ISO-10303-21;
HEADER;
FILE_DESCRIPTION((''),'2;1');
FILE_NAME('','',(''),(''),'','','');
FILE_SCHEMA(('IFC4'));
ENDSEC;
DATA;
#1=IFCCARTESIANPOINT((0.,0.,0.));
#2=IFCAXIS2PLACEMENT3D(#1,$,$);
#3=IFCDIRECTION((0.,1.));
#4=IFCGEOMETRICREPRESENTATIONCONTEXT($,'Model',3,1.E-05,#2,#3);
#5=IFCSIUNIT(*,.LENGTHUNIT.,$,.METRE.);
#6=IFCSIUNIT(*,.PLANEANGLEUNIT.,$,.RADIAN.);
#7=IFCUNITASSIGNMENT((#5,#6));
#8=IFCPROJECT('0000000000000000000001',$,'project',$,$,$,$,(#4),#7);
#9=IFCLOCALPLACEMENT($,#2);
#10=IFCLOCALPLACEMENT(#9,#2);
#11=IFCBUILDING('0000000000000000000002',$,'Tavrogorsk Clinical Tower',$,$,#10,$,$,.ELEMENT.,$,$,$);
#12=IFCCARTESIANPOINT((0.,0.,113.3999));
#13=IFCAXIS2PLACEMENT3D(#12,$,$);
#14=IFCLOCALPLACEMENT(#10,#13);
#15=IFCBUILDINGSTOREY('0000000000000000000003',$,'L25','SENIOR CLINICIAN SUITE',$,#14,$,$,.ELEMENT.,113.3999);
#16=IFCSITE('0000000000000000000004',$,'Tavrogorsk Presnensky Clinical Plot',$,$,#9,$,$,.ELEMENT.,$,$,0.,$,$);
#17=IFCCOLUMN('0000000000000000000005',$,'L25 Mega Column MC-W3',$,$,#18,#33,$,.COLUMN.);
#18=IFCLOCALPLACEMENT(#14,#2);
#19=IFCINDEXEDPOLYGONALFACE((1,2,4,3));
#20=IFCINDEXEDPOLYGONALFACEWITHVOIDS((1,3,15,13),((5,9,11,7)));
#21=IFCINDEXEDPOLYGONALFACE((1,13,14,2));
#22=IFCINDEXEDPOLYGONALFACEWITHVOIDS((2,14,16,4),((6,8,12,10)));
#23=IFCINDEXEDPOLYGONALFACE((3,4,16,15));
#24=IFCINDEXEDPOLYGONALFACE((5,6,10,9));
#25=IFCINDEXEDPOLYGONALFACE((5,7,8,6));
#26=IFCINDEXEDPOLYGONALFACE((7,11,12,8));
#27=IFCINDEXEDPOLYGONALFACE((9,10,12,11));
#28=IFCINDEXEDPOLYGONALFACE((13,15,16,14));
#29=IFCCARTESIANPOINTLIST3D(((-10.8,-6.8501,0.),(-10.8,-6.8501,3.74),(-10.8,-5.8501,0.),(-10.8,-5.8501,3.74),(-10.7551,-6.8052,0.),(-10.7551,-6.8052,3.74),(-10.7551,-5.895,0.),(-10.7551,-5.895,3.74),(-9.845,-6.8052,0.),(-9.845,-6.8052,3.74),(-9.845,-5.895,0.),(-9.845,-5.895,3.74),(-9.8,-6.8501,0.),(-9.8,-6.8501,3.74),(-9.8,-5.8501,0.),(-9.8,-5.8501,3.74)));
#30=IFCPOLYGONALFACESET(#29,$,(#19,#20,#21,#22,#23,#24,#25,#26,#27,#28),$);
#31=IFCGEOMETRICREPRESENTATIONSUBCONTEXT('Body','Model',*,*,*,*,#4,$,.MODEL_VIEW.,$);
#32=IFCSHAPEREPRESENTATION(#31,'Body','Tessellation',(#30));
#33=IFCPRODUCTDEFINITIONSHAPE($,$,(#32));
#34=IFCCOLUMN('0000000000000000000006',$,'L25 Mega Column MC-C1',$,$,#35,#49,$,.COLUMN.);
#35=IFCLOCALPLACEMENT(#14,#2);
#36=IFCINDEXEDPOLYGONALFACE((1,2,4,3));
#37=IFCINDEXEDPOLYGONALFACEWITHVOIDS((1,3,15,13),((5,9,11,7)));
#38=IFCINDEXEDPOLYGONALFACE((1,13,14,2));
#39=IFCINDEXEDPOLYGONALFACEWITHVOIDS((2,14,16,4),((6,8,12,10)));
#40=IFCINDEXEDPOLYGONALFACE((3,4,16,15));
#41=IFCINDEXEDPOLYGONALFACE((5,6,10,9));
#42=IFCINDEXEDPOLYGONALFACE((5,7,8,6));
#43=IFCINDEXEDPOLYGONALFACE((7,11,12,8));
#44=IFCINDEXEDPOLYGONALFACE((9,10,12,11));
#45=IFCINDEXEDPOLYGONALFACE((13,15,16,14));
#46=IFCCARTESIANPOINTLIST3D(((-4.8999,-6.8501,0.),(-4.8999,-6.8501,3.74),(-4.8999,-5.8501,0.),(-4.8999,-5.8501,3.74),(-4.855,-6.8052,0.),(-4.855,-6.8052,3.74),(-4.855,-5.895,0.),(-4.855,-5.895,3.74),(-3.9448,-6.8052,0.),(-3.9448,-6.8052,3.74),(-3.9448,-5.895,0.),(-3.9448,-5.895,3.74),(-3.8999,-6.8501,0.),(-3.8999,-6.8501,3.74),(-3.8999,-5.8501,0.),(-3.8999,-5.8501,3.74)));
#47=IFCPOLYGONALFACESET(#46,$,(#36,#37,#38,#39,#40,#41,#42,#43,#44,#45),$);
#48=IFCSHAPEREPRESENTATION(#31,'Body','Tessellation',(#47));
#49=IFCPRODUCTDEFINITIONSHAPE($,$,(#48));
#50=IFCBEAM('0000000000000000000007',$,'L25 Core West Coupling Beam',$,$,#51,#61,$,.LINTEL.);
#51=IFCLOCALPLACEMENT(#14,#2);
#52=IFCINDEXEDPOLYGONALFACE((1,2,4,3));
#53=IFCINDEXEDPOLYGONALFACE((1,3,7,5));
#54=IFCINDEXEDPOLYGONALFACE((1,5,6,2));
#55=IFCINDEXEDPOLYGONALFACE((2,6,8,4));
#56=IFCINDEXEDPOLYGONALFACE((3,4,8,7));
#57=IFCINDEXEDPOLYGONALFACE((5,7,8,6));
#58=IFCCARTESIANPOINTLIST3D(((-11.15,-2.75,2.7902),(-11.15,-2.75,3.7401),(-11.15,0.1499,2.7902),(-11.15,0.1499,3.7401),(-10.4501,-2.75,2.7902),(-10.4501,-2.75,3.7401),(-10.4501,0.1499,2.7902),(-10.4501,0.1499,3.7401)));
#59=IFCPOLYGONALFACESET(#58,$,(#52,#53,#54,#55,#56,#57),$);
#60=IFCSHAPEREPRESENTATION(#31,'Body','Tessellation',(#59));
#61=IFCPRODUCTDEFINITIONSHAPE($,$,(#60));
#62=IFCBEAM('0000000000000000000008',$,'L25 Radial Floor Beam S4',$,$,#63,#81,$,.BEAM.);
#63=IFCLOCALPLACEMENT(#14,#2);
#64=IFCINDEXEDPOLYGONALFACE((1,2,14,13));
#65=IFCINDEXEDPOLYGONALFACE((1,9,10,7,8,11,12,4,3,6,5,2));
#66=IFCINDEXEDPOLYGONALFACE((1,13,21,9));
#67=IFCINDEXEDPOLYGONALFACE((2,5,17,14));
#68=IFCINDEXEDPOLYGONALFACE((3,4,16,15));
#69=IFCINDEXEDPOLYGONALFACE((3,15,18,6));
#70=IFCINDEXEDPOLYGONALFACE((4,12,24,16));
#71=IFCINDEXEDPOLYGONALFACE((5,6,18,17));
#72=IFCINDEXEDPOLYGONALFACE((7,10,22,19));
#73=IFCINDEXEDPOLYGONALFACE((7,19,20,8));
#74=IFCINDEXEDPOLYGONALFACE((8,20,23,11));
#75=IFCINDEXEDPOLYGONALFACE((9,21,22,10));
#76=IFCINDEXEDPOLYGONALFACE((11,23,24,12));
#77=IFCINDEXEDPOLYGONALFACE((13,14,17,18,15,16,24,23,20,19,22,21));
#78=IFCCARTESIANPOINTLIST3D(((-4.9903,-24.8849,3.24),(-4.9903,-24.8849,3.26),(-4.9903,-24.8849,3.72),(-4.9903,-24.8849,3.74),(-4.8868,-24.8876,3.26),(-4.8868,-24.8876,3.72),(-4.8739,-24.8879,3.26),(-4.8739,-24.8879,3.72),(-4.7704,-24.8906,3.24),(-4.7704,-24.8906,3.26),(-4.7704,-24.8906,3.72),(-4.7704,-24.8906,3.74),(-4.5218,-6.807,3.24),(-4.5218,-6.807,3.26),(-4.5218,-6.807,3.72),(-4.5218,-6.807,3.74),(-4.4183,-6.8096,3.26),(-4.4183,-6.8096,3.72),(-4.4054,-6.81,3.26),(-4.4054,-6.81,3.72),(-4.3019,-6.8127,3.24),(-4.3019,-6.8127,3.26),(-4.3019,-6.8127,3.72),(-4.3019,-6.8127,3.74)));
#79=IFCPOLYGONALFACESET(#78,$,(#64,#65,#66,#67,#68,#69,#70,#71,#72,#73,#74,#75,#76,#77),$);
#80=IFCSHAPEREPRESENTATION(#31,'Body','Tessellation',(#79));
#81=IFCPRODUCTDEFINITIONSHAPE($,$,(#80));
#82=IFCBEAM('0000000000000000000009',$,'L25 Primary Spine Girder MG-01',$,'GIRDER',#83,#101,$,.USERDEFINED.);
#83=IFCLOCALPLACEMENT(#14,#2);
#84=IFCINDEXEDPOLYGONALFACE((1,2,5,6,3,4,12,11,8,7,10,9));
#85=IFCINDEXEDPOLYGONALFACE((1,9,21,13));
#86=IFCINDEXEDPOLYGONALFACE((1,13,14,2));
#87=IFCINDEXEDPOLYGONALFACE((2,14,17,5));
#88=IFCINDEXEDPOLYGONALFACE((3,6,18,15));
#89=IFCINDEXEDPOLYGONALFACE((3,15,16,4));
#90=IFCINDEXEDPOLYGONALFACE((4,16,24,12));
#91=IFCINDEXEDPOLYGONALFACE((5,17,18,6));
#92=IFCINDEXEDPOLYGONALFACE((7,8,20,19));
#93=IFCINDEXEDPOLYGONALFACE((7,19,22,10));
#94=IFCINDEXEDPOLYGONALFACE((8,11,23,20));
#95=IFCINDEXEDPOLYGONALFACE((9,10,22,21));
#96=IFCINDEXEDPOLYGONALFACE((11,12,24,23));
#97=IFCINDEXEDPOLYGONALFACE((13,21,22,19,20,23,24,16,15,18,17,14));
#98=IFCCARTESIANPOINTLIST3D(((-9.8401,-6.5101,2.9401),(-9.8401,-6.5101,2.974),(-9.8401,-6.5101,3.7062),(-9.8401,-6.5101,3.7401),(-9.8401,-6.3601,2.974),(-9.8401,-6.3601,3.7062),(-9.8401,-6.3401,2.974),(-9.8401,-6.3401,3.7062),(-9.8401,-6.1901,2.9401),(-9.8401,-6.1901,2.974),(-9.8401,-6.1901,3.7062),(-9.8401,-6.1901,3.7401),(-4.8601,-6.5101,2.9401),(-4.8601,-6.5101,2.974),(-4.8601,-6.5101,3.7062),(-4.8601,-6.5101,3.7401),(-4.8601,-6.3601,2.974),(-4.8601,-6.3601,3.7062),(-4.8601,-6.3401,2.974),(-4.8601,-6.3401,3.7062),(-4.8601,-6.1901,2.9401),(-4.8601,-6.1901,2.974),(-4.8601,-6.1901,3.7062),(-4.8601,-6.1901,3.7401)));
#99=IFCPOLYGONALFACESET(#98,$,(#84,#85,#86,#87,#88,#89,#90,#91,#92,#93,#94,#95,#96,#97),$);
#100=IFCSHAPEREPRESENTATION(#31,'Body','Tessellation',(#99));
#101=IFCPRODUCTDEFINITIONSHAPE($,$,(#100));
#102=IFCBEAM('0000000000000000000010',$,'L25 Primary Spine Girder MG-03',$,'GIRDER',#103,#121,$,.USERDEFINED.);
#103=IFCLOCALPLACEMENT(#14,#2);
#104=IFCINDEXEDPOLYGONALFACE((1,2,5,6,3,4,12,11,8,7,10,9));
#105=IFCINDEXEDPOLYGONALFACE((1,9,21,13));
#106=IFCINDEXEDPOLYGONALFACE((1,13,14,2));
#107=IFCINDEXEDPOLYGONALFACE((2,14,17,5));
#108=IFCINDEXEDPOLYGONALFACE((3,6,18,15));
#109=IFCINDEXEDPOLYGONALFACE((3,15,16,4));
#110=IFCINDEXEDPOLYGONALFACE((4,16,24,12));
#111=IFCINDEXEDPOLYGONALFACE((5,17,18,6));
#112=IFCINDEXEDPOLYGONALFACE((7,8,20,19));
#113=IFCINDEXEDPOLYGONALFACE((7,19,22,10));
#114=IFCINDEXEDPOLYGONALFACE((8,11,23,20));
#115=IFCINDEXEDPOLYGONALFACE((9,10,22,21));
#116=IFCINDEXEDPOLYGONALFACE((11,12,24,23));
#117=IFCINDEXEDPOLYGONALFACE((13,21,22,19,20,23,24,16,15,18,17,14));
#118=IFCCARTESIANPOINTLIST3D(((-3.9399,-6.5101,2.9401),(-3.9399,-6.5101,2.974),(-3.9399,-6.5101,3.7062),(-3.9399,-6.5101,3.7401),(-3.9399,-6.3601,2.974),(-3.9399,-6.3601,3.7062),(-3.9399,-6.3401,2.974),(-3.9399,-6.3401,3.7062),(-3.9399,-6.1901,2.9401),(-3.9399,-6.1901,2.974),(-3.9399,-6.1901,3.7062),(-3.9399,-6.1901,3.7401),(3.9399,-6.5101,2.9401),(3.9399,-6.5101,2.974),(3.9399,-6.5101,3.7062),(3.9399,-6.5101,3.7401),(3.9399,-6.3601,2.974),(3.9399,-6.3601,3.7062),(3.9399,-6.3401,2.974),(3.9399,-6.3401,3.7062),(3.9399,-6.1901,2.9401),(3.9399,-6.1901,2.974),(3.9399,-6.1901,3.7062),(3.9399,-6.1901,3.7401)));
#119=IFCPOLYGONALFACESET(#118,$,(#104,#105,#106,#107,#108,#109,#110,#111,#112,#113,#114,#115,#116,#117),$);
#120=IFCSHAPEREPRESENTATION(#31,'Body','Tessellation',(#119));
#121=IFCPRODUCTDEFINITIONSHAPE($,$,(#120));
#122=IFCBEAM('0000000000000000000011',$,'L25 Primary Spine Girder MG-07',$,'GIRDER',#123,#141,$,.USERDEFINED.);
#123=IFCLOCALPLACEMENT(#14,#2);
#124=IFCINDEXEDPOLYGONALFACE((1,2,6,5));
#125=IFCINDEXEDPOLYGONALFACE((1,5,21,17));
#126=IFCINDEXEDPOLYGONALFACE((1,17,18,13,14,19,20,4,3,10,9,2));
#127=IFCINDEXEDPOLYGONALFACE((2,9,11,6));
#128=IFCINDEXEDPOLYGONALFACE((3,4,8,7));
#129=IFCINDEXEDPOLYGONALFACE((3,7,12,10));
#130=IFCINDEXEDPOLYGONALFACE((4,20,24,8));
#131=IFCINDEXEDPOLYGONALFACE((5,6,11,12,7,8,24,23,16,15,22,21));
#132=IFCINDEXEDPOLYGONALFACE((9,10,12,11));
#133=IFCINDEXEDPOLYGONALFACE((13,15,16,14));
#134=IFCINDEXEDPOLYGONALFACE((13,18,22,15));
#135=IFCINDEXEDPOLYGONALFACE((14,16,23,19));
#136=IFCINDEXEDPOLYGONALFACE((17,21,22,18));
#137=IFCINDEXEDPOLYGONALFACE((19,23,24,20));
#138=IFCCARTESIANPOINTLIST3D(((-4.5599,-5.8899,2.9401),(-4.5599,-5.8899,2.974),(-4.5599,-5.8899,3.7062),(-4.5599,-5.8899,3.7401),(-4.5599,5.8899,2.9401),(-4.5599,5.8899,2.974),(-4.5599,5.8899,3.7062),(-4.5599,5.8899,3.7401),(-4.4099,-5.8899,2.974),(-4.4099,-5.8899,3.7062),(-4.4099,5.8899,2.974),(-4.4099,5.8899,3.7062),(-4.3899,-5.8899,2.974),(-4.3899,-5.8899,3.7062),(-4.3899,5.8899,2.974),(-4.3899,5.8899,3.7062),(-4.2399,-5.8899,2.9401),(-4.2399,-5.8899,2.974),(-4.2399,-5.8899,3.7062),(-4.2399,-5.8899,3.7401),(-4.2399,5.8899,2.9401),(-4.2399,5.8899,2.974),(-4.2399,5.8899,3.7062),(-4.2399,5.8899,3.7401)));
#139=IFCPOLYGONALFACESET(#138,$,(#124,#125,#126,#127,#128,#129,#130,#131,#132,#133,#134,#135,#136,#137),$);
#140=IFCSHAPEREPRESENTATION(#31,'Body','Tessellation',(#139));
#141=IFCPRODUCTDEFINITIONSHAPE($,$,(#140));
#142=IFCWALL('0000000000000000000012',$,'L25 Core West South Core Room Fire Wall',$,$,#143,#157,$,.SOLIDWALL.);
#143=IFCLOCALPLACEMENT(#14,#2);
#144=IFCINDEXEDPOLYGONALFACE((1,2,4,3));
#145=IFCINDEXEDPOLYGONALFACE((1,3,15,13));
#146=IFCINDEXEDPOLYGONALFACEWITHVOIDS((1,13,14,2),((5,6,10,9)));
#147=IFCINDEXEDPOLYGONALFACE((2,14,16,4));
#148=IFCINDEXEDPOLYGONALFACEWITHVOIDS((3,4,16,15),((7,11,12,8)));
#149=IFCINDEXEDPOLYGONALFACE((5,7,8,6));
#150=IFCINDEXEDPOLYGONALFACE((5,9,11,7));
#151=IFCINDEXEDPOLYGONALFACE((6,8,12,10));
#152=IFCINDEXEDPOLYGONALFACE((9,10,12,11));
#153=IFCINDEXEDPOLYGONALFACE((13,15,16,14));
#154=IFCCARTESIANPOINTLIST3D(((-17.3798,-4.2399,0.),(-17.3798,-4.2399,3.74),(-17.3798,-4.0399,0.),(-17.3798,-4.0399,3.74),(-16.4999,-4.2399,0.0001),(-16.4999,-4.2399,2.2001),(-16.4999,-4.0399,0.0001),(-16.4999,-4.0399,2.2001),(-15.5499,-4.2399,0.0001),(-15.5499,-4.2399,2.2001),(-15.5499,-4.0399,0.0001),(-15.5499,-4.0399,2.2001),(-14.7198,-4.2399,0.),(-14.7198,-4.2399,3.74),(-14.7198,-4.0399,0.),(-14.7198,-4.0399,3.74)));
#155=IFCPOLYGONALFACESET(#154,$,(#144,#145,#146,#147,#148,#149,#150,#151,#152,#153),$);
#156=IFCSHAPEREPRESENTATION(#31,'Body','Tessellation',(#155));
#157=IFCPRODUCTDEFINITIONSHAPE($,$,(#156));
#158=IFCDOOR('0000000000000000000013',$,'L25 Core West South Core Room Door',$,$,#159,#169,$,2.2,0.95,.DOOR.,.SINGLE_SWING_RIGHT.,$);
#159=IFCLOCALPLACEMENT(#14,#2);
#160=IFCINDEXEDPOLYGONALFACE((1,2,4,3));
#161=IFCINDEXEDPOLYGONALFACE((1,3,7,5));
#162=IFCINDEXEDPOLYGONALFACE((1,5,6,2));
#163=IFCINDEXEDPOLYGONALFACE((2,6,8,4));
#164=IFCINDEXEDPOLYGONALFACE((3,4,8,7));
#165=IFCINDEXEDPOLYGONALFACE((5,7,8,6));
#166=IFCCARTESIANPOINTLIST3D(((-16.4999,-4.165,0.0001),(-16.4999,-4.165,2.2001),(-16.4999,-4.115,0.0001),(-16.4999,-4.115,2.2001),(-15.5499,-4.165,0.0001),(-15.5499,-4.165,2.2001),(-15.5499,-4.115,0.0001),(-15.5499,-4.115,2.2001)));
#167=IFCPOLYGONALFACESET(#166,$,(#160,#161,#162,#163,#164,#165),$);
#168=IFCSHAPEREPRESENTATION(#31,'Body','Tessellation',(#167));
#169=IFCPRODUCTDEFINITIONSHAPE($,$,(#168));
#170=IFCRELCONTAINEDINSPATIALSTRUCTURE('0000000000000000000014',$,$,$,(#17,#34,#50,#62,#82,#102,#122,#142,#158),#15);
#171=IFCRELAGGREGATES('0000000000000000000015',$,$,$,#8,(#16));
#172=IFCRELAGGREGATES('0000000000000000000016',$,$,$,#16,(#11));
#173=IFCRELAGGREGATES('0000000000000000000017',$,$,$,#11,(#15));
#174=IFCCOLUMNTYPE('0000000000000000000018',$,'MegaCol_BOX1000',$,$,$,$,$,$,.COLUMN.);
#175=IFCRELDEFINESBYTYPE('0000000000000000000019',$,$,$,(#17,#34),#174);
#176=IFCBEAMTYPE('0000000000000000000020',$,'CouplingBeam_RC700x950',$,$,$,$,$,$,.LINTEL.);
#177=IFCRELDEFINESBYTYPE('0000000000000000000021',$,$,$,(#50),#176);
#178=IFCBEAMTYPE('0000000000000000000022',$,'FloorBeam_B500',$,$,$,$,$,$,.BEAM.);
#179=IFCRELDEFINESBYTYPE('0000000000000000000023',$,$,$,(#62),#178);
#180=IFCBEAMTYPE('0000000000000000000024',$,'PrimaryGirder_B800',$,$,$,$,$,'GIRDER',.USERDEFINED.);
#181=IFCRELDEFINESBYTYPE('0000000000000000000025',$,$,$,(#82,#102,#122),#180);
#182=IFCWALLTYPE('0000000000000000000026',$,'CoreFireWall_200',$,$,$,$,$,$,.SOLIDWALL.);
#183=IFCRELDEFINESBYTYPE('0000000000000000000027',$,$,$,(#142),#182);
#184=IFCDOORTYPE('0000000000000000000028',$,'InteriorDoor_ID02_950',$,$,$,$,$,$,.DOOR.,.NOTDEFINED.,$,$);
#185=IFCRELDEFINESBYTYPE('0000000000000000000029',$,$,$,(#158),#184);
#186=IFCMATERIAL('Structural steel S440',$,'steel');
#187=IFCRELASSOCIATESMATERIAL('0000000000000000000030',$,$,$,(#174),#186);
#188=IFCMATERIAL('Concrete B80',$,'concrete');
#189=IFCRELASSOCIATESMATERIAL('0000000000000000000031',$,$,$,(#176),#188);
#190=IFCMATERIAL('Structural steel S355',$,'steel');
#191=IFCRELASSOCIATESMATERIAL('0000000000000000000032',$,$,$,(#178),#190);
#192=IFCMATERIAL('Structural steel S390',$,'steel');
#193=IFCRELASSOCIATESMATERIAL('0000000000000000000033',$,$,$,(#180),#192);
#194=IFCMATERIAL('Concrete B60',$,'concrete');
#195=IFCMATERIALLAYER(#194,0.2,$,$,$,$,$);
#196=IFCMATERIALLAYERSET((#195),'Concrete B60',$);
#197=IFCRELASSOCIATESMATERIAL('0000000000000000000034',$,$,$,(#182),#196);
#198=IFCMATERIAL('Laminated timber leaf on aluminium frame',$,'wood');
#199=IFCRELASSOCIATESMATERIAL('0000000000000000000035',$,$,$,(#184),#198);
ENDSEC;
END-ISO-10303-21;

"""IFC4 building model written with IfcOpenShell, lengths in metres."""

from ifc_helpers import new_model, si_unit, direction, frame, frame_2d, origin, origin_2d, place, context, subcontext, project, spatial, rectangle, hollow_rectangle, i_section, extrude, material, layer, layer_set, material_profile, profile_set, type_object, element, fill, save


model = new_model("IFC4")

# Units and contexts
model_context = context("Model", 3, precision=1e-05, world=origin(), true_north=direction((0.0, 1.0)))
body_context = subcontext(model_context, "Body", "Model", "MODEL_VIEW")
ifc_project = project(units=[si_unit("LENGTHUNIT", "METRE"), si_unit("PLANEANGLEUNIT", "RADIAN")], contexts=[model_context])

# Site, building, storey
site_placement = place(None, origin())
site = spatial("IfcSite", under=ifc_project, at=site_placement, Name="Tavrogorsk Presnensky Clinical Plot", CompositionType="ELEMENT", RefElevation=0.0)
building_placement = place(site_placement, origin())
building = spatial("IfcBuilding", under=site, at=building_placement, Name="Tavrogorsk Clinical Tower", CompositionType="ELEMENT")
storey_placement = place(building_placement, frame((0.0, 0.0, 113.3999)))
storey = spatial("IfcBuildingStorey", under=building, at=storey_placement, Name="L25", Description="SENIOR CLINICIAN SUITE", CompositionType="ELEMENT", Elevation=113.3999)

# Columns
ifc_material_1 = material(Name="Structural steel S440", Category="steel")
ifc_material_profile_1 = material_profile(ifc_material_1, hollow_rectangle(XDim=1.0, YDim=1.0, WallThickness=0.0449, at=origin_2d()), Name="BOX-1000x1000x45")
ifc_profile_set_1 = profile_set([ifc_material_profile_1], Name="Structural steel S440")
column_type = type_object("IfcColumnType", Name="MegaCol_BOX1000", PredefinedType="COLUMN", material=ifc_profile_set_1)
for number, where, z_axis, x_axis, name in (
    (1, (-10.3, -6.3501, 0.0), (0.0, 0.0, 1.0), (1.0, 0.0, 0.0), "L25 Mega Column MC-W3"),
    (2, (-4.3999, -6.3501, 0.0), (0.0, 0.0, 1.0), (1.0, 0.0, 0.0), "L25 Mega Column MC-C1"),
):
    element("IfcColumn", number, at=place(storey_placement, frame(where, z_axis=z_axis, x_axis=x_axis)), inside=storey, type_object=column_type, Name=name, PredefinedType="COLUMN", context=body_context, shape_type="SweptSolid", body=[
        extrude(hollow_rectangle(XDim=1.0, YDim=1.0, WallThickness=0.0449, at=origin_2d()), origin(), (0.0, 0.0, 1.0), 3.74),
    ])

# Beams
ifc_material_2 = material(Name="Concrete B80", Category="concrete")
ifc_material_profile_2 = material_profile(ifc_material_2, rectangle(XDim=0.7, YDim=0.95, at=origin_2d()), Name="RC-CB-700x950")
ifc_profile_set_2 = profile_set([ifc_material_profile_2], Name="Concrete B80")
beam_type_1 = type_object("IfcBeamType", Name="CouplingBeam_RC700x950", PredefinedType="LINTEL", material=ifc_profile_set_2)
beam_1_placement = place(storey_placement, frame((-10.8, -2.75, 3.2651), z_axis=(0.0, 1.0, 0.0), x_axis=(-1.0, 0.0, 0.0)))
element("IfcBeam", 3, at=beam_1_placement, inside=storey, type_object=beam_type_1, Name="L25 Core West Coupling Beam", PredefinedType="LINTEL", context=body_context, shape_type="SweptSolid", body=[
    extrude(rectangle(XDim=0.7, YDim=0.95, at=origin_2d()), origin(), (0.0, 0.0, 1.0), 2.8999),
])
ifc_material_3 = material(Name="Structural steel S355", Category="steel")
ifc_material_profile_3 = material_profile(ifc_material_3, i_section(OverallWidth=0.22, OverallDepth=0.5, WebThickness=0.0129, FlangeThickness=0.02, at=origin_2d()), Name="B-500x220x13x20")
ifc_profile_set_3 = profile_set([ifc_material_profile_3], Name="Structural steel S355")
beam_type_2 = type_object("IfcBeamType", Name="FloorBeam_B500", PredefinedType="BEAM", material=ifc_profile_set_3)
beam_2_placement = place(storey_placement, frame((-4.4119, -6.8098, 3.49), z_axis=(-0.025907, -0.999664, 0.0), x_axis=(0.999664, -0.025907, 0.0)))
element("IfcBeam", 4, at=beam_2_placement, inside=storey, type_object=beam_type_2, Name="L25 Radial Floor Beam S4", PredefinedType="BEAM", context=body_context, shape_type="SweptSolid", body=[
    extrude(i_section(OverallWidth=0.22, OverallDepth=0.5, WebThickness=0.0129, FlangeThickness=0.02, at=origin_2d()), origin(), (0.0, 0.0, 1.0), 18.084),
])
ifc_material_4 = material(Name="Structural steel S390", Category="steel")
ifc_material_profile_4 = material_profile(ifc_material_4, i_section(OverallWidth=0.3201, OverallDepth=0.8, WebThickness=0.02, FlangeThickness=0.0339, at=origin_2d()), Name="B-800x320x20x34")
ifc_profile_set_4 = profile_set([ifc_material_profile_4], Name="Structural steel S390")
beam_type_3 = type_object("IfcBeamType", Name="PrimaryGirder_B800", ElementType="GIRDER", PredefinedType="USERDEFINED", material=ifc_profile_set_4)
beam_3_placement = place(storey_placement, frame((-9.8401, -6.3501, 3.3401), z_axis=(1.0, 0.0, 0.0), x_axis=(0.0, 1.0, 0.0)))
element("IfcBeam", 5, at=beam_3_placement, inside=storey, type_object=beam_type_3, Name="L25 Primary Spine Girder MG-01", ObjectType="GIRDER", PredefinedType="USERDEFINED", context=body_context, shape_type="SweptSolid", body=[
    extrude(i_section(OverallWidth=0.3201, OverallDepth=0.8, WebThickness=0.02, FlangeThickness=0.0339, at=origin_2d()), origin(), (0.0, 0.0, 1.0), 4.98),
])
beam_4_placement = place(storey_placement, frame((-3.9399, -6.3501, 3.3401), z_axis=(1.0, 0.0, 0.0), x_axis=(0.0, 1.0, 0.0)))
element("IfcBeam", 6, at=beam_4_placement, inside=storey, type_object=beam_type_3, Name="L25 Primary Spine Girder MG-03", ObjectType="GIRDER", PredefinedType="USERDEFINED", context=body_context, shape_type="SweptSolid", body=[
    extrude(i_section(OverallWidth=0.3201, OverallDepth=0.8, WebThickness=0.02, FlangeThickness=0.0339, at=origin_2d()), origin(), (0.0, 0.0, 1.0), 7.8799),
])
beam_5_placement = place(storey_placement, frame((-4.3999, -5.8899, 3.3401), z_axis=(0.0, 1.0, 0.0), x_axis=(-1.0, 0.0, 0.0)))
element("IfcBeam", 7, at=beam_5_placement, inside=storey, type_object=beam_type_3, Name="L25 Primary Spine Girder MG-07", ObjectType="GIRDER", PredefinedType="USERDEFINED", context=body_context, shape_type="SweptSolid", body=[
    extrude(i_section(OverallWidth=0.3201, OverallDepth=0.8, WebThickness=0.02, FlangeThickness=0.0339, at=origin_2d()), origin(), (0.0, 0.0, 1.0), 11.7798),
])

# Wall, opening, door
ifc_material_5 = material(Name="Concrete B60", Category="concrete")
ifc_layer_1 = layer(ifc_material_5, 0.2)
ifc_layer_set_1 = layer_set([ifc_layer_1], Name="Concrete B60")
wall_type_1 = type_object("IfcWallType", Name="CoreFireWall_200", PredefinedType="SOLIDWALL", material=ifc_layer_set_1)
wall_1_placement = place(storey_placement, frame((-17.3799, -4.1399, 0.0), z_axis=(0.0, 0.0, 1.0), x_axis=(1.0, 0.0, 0.0)))
wall_1 = element("IfcWall", 8, at=wall_1_placement, inside=storey, type_object=wall_type_1, Name="L25 Core West South Core Room Fire Wall", PredefinedType="SOLIDWALL", context=body_context, shape_type="SweptSolid", body=[
    extrude(rectangle(XDim=2.6599, YDim=0.2, at=frame_2d((1.3301, 0.0))), origin(), (0.0, 0.0, 1.0), 3.74),
])
opening_1_placement = place(wall_1_placement, frame((0.8799, 0.0, 0.0)))
opening_1 = element("IfcOpeningElement", 9, at=opening_1_placement, cuts=wall_1, PredefinedType="OPENING", context=body_context, shape_type="SweptSolid", body=[
    extrude(rectangle(XDim=0.95, YDim=2.2, at=frame_2d((0.4751, 1.1001))), frame((0.0, 0.1099, 0.0), z_axis=(0.0, -1.0, 0.0), x_axis=(1.0, 0.0, 0.0)), (0.0, 0.0, 1.0), 0.22),
])
ifc_material_6 = material(Name="Laminated timber leaf on aluminium frame", Category="wood")
door_type_1 = type_object("IfcDoorType", Name="InteriorDoor_ID02_950", OperationType="NOTDEFINED", PredefinedType="DOOR", material=ifc_material_6)
door_1_placement = place(opening_1_placement, origin())
door_1 = element("IfcDoor", 10, at=door_1_placement, inside=storey, type_object=door_type_1, Name="L25 Core West South Core Room Door", OperationType="SINGLE_SWING_RIGHT", OverallHeight=2.2, OverallWidth=0.95, PredefinedType="DOOR", context=body_context, shape_type="SweptSolid", body=[
    extrude(rectangle(XDim=0.95, YDim=2.2, at=frame_2d((0.4751, 1.1001))), frame((0.0, 0.0249, 0.0), z_axis=(0.0, -1.0, 0.0), x_axis=(1.0, 0.0, 0.0)), (0.0, 0.0, 1.0), 0.05),
])
fill(opening_1, door_1)

save(model, "model.ifc")
